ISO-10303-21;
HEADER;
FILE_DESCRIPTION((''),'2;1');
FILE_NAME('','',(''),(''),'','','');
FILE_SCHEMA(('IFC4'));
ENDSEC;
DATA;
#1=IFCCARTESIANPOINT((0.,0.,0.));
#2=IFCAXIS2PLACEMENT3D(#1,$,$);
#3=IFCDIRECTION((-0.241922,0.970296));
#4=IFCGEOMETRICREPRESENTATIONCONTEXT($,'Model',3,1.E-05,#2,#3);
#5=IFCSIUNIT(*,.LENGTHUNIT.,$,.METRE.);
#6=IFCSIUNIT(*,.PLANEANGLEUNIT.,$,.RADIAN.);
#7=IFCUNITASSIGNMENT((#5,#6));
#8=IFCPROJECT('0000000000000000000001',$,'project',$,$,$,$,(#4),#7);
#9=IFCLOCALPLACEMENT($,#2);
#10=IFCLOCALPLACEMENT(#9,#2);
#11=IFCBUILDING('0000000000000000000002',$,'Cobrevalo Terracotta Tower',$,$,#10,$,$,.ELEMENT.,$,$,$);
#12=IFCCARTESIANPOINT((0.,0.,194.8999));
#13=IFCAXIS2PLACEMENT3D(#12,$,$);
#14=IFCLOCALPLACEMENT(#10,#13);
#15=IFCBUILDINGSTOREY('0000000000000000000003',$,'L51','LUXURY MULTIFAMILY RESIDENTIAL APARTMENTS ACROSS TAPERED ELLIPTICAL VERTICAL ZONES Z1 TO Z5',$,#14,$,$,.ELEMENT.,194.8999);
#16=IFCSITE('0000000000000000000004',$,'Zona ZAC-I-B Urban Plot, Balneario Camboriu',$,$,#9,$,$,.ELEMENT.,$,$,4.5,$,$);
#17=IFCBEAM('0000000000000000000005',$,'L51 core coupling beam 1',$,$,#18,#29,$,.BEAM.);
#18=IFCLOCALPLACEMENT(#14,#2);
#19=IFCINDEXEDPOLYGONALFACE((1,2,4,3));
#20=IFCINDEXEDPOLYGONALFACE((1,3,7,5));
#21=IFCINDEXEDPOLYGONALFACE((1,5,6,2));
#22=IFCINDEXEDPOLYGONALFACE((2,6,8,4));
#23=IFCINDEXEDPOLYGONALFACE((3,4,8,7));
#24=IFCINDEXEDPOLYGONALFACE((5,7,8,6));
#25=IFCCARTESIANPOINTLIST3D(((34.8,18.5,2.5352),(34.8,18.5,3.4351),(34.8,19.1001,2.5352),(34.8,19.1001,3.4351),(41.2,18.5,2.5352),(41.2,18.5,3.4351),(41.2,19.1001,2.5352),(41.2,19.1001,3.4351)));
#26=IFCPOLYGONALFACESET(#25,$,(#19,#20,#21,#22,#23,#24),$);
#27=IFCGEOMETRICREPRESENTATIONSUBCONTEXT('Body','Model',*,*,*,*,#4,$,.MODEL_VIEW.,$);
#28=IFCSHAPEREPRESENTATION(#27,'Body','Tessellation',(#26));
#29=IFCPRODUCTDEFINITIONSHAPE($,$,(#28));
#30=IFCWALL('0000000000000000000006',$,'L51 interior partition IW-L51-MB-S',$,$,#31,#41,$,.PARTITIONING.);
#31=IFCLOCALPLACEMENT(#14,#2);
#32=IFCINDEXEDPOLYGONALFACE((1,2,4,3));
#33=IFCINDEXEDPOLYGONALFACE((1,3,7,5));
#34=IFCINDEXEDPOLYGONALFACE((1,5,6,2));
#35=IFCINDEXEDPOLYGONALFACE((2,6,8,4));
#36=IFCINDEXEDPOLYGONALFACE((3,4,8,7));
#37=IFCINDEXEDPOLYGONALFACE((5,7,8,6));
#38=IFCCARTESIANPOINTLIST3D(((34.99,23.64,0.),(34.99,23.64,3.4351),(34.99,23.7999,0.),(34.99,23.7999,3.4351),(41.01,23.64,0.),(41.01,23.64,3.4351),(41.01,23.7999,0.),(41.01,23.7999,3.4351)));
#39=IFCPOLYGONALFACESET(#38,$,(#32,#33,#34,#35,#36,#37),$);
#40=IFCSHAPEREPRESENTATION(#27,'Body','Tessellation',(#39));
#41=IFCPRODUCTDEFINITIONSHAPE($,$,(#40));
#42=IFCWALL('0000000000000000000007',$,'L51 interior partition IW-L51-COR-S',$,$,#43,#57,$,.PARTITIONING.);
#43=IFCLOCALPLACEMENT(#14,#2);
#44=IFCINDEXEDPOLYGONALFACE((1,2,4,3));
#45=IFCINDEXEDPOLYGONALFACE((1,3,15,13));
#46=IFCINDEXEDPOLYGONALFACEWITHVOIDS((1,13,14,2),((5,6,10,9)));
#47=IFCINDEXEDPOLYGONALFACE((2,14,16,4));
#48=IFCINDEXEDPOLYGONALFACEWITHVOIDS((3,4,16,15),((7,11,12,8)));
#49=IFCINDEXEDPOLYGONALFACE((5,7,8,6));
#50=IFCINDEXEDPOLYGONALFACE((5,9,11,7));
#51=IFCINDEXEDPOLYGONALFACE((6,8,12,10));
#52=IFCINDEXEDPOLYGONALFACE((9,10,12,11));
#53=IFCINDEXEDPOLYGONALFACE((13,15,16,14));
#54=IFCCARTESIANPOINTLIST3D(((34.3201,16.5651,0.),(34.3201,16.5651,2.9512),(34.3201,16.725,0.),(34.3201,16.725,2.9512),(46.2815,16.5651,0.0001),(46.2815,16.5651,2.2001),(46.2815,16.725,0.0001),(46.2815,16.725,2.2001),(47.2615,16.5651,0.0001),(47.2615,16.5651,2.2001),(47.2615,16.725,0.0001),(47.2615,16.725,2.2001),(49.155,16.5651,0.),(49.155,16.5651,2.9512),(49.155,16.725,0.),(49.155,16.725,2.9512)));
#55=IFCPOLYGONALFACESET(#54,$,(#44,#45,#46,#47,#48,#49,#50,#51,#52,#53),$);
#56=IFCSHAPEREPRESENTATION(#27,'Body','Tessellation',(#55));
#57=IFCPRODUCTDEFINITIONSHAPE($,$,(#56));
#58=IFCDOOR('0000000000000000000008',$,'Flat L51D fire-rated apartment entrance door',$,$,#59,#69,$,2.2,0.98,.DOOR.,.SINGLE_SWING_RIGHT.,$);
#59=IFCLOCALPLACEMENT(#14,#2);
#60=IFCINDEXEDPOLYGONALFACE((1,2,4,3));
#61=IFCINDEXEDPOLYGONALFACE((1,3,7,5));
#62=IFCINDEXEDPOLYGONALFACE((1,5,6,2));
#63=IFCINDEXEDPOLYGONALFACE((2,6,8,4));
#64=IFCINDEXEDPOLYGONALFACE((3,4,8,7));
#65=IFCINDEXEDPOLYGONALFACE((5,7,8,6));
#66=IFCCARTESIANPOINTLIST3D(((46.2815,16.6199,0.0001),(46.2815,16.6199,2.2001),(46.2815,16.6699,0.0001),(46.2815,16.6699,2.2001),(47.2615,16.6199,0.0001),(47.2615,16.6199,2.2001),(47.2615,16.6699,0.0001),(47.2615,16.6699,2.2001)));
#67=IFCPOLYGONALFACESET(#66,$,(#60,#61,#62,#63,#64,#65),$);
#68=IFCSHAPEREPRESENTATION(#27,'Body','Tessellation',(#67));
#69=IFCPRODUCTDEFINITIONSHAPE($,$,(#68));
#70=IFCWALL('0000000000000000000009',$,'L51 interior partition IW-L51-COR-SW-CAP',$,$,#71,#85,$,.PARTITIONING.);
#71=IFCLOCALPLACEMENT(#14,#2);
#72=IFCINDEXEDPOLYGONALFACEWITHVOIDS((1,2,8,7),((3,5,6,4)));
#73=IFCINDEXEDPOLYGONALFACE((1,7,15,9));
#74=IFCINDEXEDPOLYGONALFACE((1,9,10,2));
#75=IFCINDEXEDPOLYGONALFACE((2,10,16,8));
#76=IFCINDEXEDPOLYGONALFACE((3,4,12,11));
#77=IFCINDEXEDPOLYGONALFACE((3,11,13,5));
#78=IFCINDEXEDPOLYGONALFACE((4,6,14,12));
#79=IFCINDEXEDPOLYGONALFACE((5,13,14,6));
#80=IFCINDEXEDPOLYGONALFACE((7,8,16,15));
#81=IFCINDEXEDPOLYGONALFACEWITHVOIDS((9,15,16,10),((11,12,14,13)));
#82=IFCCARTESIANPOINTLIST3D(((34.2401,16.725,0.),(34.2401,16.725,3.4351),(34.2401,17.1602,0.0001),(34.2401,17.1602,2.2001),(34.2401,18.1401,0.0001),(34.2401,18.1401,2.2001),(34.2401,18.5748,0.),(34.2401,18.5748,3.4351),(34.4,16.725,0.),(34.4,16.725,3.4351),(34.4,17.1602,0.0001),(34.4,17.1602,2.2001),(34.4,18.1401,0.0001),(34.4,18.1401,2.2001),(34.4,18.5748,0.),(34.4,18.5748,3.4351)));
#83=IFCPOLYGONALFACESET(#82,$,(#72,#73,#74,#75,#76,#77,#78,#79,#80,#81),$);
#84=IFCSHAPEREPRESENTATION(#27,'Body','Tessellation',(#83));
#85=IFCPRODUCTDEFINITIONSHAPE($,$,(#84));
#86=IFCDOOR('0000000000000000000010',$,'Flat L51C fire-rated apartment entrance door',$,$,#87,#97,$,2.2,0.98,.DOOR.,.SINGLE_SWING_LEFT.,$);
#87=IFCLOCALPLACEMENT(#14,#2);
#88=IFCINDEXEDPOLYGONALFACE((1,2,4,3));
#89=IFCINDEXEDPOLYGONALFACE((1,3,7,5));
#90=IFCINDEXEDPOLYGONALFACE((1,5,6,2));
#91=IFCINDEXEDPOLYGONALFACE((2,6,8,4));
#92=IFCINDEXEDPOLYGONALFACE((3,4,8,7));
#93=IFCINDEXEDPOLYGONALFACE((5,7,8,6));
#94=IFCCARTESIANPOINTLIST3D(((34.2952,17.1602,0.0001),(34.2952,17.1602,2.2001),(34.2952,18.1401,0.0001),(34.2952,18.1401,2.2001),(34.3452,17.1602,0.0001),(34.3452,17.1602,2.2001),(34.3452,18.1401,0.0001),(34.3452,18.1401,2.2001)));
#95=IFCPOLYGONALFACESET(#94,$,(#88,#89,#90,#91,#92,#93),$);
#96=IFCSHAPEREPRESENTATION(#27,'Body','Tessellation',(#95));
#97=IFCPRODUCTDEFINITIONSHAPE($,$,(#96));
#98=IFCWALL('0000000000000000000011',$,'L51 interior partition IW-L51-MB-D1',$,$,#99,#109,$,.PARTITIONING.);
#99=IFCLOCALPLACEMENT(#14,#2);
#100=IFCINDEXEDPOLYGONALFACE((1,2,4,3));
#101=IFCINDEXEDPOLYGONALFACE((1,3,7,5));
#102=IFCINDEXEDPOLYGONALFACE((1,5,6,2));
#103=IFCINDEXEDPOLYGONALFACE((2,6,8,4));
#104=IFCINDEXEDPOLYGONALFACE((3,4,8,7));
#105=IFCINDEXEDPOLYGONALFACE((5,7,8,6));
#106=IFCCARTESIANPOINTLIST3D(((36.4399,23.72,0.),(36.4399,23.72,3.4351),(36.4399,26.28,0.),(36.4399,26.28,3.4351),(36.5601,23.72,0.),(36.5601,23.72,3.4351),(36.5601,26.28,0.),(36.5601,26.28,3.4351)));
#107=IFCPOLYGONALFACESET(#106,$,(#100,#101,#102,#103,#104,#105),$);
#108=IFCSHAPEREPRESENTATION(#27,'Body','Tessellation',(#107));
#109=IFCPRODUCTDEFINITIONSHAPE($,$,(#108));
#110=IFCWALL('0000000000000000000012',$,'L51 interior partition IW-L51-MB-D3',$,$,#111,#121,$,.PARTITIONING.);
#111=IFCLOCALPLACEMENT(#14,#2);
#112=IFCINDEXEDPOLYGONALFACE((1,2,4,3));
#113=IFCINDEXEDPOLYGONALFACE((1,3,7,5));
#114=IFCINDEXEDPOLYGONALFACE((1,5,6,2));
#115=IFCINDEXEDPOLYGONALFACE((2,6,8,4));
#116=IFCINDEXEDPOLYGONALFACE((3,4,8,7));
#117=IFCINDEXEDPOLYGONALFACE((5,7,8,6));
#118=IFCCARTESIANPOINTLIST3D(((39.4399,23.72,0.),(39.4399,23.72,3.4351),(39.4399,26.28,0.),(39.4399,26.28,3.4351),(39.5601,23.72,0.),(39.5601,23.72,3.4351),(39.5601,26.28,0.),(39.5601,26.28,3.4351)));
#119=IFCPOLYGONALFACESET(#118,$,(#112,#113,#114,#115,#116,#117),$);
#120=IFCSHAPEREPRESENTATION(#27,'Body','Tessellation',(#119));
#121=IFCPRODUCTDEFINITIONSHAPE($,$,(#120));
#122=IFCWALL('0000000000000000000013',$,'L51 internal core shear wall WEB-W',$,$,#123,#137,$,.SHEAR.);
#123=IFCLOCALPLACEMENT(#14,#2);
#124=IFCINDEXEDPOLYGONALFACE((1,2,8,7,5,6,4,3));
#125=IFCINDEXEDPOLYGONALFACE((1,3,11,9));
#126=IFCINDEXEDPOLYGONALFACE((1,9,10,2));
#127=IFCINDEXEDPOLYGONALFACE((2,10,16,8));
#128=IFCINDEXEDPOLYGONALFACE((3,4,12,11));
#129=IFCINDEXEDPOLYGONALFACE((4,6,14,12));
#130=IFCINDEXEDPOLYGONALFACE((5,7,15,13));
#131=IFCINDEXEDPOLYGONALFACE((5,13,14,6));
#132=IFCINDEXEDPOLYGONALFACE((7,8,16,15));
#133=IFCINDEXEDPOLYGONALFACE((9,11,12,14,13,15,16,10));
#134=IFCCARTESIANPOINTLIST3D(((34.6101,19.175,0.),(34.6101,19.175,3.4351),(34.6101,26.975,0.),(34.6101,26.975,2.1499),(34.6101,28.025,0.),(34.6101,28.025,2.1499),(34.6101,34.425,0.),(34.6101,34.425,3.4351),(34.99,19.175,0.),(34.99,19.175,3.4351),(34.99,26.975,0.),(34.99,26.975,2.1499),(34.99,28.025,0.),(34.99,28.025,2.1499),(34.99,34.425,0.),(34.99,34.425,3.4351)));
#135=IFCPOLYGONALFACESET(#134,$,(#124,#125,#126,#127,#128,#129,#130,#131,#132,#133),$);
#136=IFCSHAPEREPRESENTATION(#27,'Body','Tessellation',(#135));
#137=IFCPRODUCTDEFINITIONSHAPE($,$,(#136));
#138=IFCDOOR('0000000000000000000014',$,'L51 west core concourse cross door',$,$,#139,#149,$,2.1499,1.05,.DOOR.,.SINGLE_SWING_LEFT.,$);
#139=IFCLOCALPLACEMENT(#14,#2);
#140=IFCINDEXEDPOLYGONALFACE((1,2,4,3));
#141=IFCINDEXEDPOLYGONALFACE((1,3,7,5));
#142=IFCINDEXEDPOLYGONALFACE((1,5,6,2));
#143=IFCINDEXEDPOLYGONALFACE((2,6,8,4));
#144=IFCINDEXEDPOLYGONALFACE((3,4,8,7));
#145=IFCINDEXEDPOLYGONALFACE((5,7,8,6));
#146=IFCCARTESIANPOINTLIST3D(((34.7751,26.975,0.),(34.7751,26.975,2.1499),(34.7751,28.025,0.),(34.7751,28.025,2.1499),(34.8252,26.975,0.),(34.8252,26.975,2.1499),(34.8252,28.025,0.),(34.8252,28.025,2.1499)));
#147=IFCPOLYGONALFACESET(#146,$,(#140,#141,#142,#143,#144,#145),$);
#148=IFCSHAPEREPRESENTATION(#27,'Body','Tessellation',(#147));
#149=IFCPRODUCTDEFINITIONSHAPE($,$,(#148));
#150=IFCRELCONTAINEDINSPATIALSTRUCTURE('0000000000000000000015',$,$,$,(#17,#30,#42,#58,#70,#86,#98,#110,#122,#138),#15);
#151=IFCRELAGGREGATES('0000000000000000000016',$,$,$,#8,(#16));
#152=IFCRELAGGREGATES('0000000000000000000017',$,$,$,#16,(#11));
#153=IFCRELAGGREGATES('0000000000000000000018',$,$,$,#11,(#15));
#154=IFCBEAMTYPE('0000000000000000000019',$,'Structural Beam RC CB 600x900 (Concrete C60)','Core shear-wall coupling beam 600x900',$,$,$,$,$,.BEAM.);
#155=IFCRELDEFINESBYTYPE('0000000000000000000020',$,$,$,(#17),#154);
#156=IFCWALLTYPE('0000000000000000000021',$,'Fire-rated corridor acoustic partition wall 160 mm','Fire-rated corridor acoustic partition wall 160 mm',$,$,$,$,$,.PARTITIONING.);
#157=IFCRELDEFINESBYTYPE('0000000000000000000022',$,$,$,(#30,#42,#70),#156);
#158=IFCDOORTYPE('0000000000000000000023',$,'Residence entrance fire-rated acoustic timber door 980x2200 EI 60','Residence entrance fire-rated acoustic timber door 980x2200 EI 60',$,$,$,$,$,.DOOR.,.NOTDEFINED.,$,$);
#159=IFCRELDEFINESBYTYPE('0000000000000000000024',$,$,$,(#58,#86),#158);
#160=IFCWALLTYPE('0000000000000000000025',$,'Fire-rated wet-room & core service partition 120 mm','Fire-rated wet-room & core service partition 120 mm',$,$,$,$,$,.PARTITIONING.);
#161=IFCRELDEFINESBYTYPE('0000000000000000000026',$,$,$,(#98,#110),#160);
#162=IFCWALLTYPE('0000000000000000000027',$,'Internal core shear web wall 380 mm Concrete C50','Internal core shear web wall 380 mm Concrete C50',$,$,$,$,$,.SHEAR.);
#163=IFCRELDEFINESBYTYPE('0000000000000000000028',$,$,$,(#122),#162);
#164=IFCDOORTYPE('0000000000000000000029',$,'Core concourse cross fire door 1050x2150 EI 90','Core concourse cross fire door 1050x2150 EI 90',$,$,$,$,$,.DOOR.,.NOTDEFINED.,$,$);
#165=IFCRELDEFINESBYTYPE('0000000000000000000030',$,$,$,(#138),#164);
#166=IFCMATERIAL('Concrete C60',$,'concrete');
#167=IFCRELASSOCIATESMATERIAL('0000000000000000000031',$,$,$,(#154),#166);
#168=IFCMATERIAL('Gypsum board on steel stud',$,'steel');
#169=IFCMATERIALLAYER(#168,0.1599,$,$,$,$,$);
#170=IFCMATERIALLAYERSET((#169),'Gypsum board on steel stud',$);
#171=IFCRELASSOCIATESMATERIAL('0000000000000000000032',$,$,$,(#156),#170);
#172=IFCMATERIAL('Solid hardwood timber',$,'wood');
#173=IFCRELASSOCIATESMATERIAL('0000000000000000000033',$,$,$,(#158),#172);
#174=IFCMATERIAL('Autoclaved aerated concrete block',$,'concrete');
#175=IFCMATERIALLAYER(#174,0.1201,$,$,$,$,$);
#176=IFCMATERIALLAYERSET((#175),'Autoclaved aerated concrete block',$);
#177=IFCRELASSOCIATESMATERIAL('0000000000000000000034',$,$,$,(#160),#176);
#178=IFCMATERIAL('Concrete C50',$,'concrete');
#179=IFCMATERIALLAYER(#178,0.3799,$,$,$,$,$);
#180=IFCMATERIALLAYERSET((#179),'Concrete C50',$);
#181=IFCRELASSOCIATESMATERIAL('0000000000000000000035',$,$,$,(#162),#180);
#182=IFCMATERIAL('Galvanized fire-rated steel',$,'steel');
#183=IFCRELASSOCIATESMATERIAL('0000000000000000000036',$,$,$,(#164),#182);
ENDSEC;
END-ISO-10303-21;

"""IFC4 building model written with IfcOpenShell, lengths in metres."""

from ifc_helpers import new_model, si_unit, direction, frame, frame_2d, origin, origin_2d, place, context, subcontext, project, spatial, rectangle, extrude, source, transform, mapped, material, layer, layer_set, material_profile, profile_set, type_object, element, fill, save


model = new_model("IFC4")

# Units and contexts
model_context = context("Model", 3, precision=1e-05, world=origin(), true_north=direction((-0.241922, 0.970296)))
body_context = subcontext(model_context, "Body", "Model", "MODEL_VIEW")
ifc_project = project(units=[si_unit("LENGTHUNIT", "METRE"), si_unit("PLANEANGLEUNIT", "RADIAN")], contexts=[model_context])

# Site, building, storey
site_placement = place(None, origin())
site = spatial("IfcSite", under=ifc_project, at=site_placement, Name="Zona ZAC-I-B Urban Plot, Balneario Camboriu", CompositionType="ELEMENT", RefElevation=4.5)
building_placement = place(site_placement, origin())
building = spatial("IfcBuilding", under=site, at=building_placement, Name="Cobrevalo Terracotta Tower", CompositionType="ELEMENT")
storey_placement = place(building_placement, frame((0.0, 0.0, 194.8999)))
storey = spatial("IfcBuildingStorey", under=building, at=storey_placement, Name="L51", Description="LUXURY MULTIFAMILY RESIDENTIAL APARTMENTS ACROSS TAPERED ELLIPTICAL VERTICAL ZONES Z1 TO Z5", CompositionType="ELEMENT", Elevation=194.8999)

# Beam
ifc_material_1 = material(Name="Concrete C60", Category="concrete")
ifc_material_profile = material_profile(ifc_material_1, rectangle(XDim=0.6001, YDim=0.8999, at=origin_2d()), Name="RC CB 600x900")
ifc_profile_set = profile_set([ifc_material_profile], Name="Concrete C60")
beam_type = type_object("IfcBeamType", Name="Structural Beam RC CB 600x900 (Concrete C60)", Description="Core shear-wall coupling beam 600x900", PredefinedType="BEAM", material=ifc_profile_set)
beam_placement = place(storey_placement, frame((34.8, 18.8, 2.9851), z_axis=(1.0, 0.0, 0.0), x_axis=(0.0, 1.0, 0.0)))
element("IfcBeam", 1, at=beam_placement, inside=storey, type_object=beam_type, Name="L51 core coupling beam 1", PredefinedType="BEAM", context=body_context, shape_type="SweptSolid", body=[
    extrude(rectangle(XDim=0.6001, YDim=0.8999, at=origin_2d()), origin(), (0.0, 0.0, 1.0), 6.3999),
])

# Wall
ifc_material_2 = material(Name="Gypsum board on steel stud", Category="steel")
ifc_layer_1 = layer(ifc_material_2, 0.1599)
ifc_layer_set_1 = layer_set([ifc_layer_1], Name="Gypsum board on steel stud")
wall_type_1 = type_object("IfcWallType", Name="Fire-rated corridor acoustic partition wall 160 mm", Description="Fire-rated corridor acoustic partition wall 160 mm", PredefinedType="PARTITIONING", material=ifc_layer_set_1)
wall_1_placement = place(storey_placement, frame((34.99, 23.72, 0.0), z_axis=(0.0, 0.0, 1.0), x_axis=(1.0, 0.0, 0.0)))
element("IfcWall", 2, at=wall_1_placement, inside=storey, type_object=wall_type_1, Name="L51 interior partition IW-L51-MB-S", PredefinedType="PARTITIONING", context=body_context, shape_type="SweptSolid", body=[
    extrude(rectangle(XDim=6.02, YDim=0.1599, at=frame_2d((3.01, 0.0))), origin(), (0.0, 0.0, 1.0), 3.4351),
])

# Walls, openings, doors
wall_2_placement = place(storey_placement, frame((34.3201, 16.645, 0.0), z_axis=(0.0, 0.0, 1.0), x_axis=(1.0, 0.0, 0.0)))
wall_2 = element("IfcWall", 3, at=wall_2_placement, inside=storey, type_object=wall_type_1, Name="L51 interior partition IW-L51-COR-S", PredefinedType="PARTITIONING", context=body_context, shape_type="SweptSolid", body=[
    extrude(rectangle(XDim=14.835, YDim=0.1599, at=frame_2d((7.4175, 0.0))), origin(), (0.0, 0.0, 1.0), 2.9512),
])
opening_1_placement = place(wall_2_placement, frame((11.9614, 0.0, 0.0)))
opening_1 = element("IfcOpeningElement", 4, at=opening_1_placement, cuts=wall_2, PredefinedType="OPENING", context=body_context, shape_type="SweptSolid", body=[
    extrude(rectangle(XDim=0.98, YDim=2.2, at=frame_2d((0.49, 1.1001))), frame((0.0, 0.0898, 0.0), z_axis=(0.0, -1.0, 0.0), x_axis=(1.0, 0.0, 0.0)), (0.0, 0.0, 1.0), 0.1799),
])
ifc_material_3 = material(Name="Solid hardwood timber", Category="wood")
door_type_1 = type_object("IfcDoorType", Name="Residence entrance fire-rated acoustic timber door 980x2200 EI 60", Description="Residence entrance fire-rated acoustic timber door 980x2200 EI 60", OperationType="NOTDEFINED", PredefinedType="DOOR", material=ifc_material_3)
shared_shape_1 = source(origin(), body_context, "Body", "SweptSolid", [
    extrude(rectangle(XDim=0.98, YDim=2.2, at=frame_2d((0.49, 1.1001))), frame((0.0, 0.0249, 0.0), z_axis=(0.0, -1.0, 0.0), x_axis=(1.0, 0.0, 0.0)), (0.0, 0.0, 1.0), 0.05),
])
door_1_placement = place(opening_1_placement, origin())
door_1 = element("IfcDoor", 5, at=door_1_placement, inside=storey, type_object=door_type_1, Name="Flat L51D fire-rated apartment entrance door", OperationType="SINGLE_SWING_RIGHT", OverallHeight=2.2, OverallWidth=0.98, PredefinedType="DOOR", context=body_context, shape_type="MappedRepresentation", body=[
    mapped(shared_shape_1, transform((0.0, 0.0, 0.0), scale=1.0)),
])
fill(opening_1, door_1)
wall_3_placement = place(storey_placement, frame((34.3201, 16.7251, 0.0), z_axis=(0.0, 0.0, 1.0), x_axis=(0.0, 1.0, 0.0)))
wall_3 = element("IfcWall", 6, at=wall_3_placement, inside=storey, type_object=wall_type_1, Name="L51 interior partition IW-L51-COR-SW-CAP", PredefinedType="PARTITIONING", context=body_context, shape_type="SweptSolid", body=[
    extrude(rectangle(XDim=1.8499, YDim=0.1599, at=frame_2d((0.9248, 0.0))), origin(), (0.0, 0.0, 1.0), 3.4351),
])
opening_2_placement = place(wall_3_placement, frame((0.4351, 0.0, 0.0)))
opening_2 = element("IfcOpeningElement", 7, at=opening_2_placement, cuts=wall_3, PredefinedType="OPENING", context=body_context, shape_type="SweptSolid", body=[
    extrude(rectangle(XDim=0.98, YDim=2.2, at=frame_2d((0.49, 1.1001))), frame((0.0, 0.0898, 0.0), z_axis=(0.0, -1.0, 0.0), x_axis=(1.0, 0.0, 0.0)), (0.0, 0.0, 1.0), 0.1799),
])
door_2_placement = place(opening_2_placement, origin())
door_2 = element("IfcDoor", 8, at=door_2_placement, inside=storey, type_object=door_type_1, Name="Flat L51C fire-rated apartment entrance door", OperationType="SINGLE_SWING_LEFT", OverallHeight=2.2, OverallWidth=0.98, PredefinedType="DOOR", context=body_context, shape_type="MappedRepresentation", body=[
    mapped(shared_shape_1, transform((0.0, 0.0, 0.0), scale=1.0)),
])
fill(opening_2, door_2)

# Walls
ifc_material_4 = material(Name="Autoclaved aerated concrete block", Category="concrete")
ifc_layer_2 = layer(ifc_material_4, 0.1201)
ifc_layer_set_2 = layer_set([ifc_layer_2], Name="Autoclaved aerated concrete block")
wall_type_2 = type_object("IfcWallType", Name="Fire-rated wet-room & core service partition 120 mm", Description="Fire-rated wet-room & core service partition 120 mm", PredefinedType="PARTITIONING", material=ifc_layer_set_2)
for number, where, z_axis, x_axis, name in (
    (9, (36.5, 23.72, 0.0), (0.0, 0.0, 1.0), (0.0, 1.0, 0.0), "L51 interior partition IW-L51-MB-D1"),
    (10, (39.5, 23.72, 0.0), (0.0, 0.0, 1.0), (0.0, 1.0, 0.0), "L51 interior partition IW-L51-MB-D3"),
):
    element("IfcWall", number, at=place(storey_placement, frame(where, z_axis=z_axis, x_axis=x_axis)), inside=storey, type_object=wall_type_2, Name=name, PredefinedType="PARTITIONING", context=body_context, shape_type="SweptSolid", body=[
        extrude(rectangle(XDim=2.5601, YDim=0.1201, at=frame_2d((1.28, 0.0))), origin(), (0.0, 0.0, 1.0), 3.4351),
    ])

# Wall, opening, door
ifc_material_5 = material(Name="Concrete C50", Category="concrete")
ifc_layer_3 = layer(ifc_material_5, 0.3799)
ifc_layer_set_3 = layer_set([ifc_layer_3], Name="Concrete C50")
wall_type_3 = type_object("IfcWallType", Name="Internal core shear web wall 380 mm Concrete C50", Description="Internal core shear web wall 380 mm Concrete C50", PredefinedType="SHEAR", material=ifc_layer_set_3)
wall_4_placement = place(storey_placement, frame((34.8, 19.175, 0.0), z_axis=(0.0, 0.0, 1.0), x_axis=(0.0, 1.0, 0.0)))
wall_4 = element("IfcWall", 11, at=wall_4_placement, inside=storey, type_object=wall_type_3, Name="L51 internal core shear wall WEB-W", PredefinedType="SHEAR", context=body_context, shape_type="SweptSolid", body=[
    extrude(rectangle(XDim=15.25, YDim=0.3799, at=frame_2d((7.625, 0.0))), origin(), (0.0, 0.0, 1.0), 3.4351),
])
opening_3_placement = place(wall_4_placement, frame((7.8, 0.0, 0.0)))
opening_3 = element("IfcOpeningElement", 12, at=opening_3_placement, cuts=wall_4, PredefinedType="OPENING", context=body_context, shape_type="SweptSolid", body=[
    extrude(rectangle(XDim=1.05, YDim=2.1499, at=frame_2d((0.5249, 1.075))), frame((0.0, 0.2, 0.0), z_axis=(0.0, -1.0, 0.0), x_axis=(1.0, 0.0, 0.0)), (0.0, 0.0, 1.0), 0.3999),
])
ifc_material_6 = material(Name="Galvanized fire-rated steel", Category="steel")
door_type_2 = type_object("IfcDoorType", Name="Core concourse cross fire door 1050x2150 EI 90", Description="Core concourse cross fire door 1050x2150 EI 90", OperationType="NOTDEFINED", PredefinedType="DOOR", material=ifc_material_6)
shared_shape_2 = source(origin(), body_context, "Body", "SweptSolid", [
    extrude(rectangle(XDim=1.05, YDim=2.1499, at=frame_2d((0.5249, 1.075))), frame((0.0, 0.0249, 0.0), z_axis=(0.0, -1.0, 0.0), x_axis=(1.0, 0.0, 0.0)), (0.0, 0.0, 1.0), 0.05),
])
door_3_placement = place(opening_3_placement, origin())
door_3 = element("IfcDoor", 13, at=door_3_placement, inside=storey, type_object=door_type_2, Name="L51 west core concourse cross door", OperationType="SINGLE_SWING_LEFT", OverallHeight=2.1499, OverallWidth=1.05, PredefinedType="DOOR", context=body_context, shape_type="MappedRepresentation", body=[
    mapped(shared_shape_2, transform((0.0, 0.0, 0.0), scale=1.0)),
])
fill(opening_3, door_3)

save(model, "model.ifc")
